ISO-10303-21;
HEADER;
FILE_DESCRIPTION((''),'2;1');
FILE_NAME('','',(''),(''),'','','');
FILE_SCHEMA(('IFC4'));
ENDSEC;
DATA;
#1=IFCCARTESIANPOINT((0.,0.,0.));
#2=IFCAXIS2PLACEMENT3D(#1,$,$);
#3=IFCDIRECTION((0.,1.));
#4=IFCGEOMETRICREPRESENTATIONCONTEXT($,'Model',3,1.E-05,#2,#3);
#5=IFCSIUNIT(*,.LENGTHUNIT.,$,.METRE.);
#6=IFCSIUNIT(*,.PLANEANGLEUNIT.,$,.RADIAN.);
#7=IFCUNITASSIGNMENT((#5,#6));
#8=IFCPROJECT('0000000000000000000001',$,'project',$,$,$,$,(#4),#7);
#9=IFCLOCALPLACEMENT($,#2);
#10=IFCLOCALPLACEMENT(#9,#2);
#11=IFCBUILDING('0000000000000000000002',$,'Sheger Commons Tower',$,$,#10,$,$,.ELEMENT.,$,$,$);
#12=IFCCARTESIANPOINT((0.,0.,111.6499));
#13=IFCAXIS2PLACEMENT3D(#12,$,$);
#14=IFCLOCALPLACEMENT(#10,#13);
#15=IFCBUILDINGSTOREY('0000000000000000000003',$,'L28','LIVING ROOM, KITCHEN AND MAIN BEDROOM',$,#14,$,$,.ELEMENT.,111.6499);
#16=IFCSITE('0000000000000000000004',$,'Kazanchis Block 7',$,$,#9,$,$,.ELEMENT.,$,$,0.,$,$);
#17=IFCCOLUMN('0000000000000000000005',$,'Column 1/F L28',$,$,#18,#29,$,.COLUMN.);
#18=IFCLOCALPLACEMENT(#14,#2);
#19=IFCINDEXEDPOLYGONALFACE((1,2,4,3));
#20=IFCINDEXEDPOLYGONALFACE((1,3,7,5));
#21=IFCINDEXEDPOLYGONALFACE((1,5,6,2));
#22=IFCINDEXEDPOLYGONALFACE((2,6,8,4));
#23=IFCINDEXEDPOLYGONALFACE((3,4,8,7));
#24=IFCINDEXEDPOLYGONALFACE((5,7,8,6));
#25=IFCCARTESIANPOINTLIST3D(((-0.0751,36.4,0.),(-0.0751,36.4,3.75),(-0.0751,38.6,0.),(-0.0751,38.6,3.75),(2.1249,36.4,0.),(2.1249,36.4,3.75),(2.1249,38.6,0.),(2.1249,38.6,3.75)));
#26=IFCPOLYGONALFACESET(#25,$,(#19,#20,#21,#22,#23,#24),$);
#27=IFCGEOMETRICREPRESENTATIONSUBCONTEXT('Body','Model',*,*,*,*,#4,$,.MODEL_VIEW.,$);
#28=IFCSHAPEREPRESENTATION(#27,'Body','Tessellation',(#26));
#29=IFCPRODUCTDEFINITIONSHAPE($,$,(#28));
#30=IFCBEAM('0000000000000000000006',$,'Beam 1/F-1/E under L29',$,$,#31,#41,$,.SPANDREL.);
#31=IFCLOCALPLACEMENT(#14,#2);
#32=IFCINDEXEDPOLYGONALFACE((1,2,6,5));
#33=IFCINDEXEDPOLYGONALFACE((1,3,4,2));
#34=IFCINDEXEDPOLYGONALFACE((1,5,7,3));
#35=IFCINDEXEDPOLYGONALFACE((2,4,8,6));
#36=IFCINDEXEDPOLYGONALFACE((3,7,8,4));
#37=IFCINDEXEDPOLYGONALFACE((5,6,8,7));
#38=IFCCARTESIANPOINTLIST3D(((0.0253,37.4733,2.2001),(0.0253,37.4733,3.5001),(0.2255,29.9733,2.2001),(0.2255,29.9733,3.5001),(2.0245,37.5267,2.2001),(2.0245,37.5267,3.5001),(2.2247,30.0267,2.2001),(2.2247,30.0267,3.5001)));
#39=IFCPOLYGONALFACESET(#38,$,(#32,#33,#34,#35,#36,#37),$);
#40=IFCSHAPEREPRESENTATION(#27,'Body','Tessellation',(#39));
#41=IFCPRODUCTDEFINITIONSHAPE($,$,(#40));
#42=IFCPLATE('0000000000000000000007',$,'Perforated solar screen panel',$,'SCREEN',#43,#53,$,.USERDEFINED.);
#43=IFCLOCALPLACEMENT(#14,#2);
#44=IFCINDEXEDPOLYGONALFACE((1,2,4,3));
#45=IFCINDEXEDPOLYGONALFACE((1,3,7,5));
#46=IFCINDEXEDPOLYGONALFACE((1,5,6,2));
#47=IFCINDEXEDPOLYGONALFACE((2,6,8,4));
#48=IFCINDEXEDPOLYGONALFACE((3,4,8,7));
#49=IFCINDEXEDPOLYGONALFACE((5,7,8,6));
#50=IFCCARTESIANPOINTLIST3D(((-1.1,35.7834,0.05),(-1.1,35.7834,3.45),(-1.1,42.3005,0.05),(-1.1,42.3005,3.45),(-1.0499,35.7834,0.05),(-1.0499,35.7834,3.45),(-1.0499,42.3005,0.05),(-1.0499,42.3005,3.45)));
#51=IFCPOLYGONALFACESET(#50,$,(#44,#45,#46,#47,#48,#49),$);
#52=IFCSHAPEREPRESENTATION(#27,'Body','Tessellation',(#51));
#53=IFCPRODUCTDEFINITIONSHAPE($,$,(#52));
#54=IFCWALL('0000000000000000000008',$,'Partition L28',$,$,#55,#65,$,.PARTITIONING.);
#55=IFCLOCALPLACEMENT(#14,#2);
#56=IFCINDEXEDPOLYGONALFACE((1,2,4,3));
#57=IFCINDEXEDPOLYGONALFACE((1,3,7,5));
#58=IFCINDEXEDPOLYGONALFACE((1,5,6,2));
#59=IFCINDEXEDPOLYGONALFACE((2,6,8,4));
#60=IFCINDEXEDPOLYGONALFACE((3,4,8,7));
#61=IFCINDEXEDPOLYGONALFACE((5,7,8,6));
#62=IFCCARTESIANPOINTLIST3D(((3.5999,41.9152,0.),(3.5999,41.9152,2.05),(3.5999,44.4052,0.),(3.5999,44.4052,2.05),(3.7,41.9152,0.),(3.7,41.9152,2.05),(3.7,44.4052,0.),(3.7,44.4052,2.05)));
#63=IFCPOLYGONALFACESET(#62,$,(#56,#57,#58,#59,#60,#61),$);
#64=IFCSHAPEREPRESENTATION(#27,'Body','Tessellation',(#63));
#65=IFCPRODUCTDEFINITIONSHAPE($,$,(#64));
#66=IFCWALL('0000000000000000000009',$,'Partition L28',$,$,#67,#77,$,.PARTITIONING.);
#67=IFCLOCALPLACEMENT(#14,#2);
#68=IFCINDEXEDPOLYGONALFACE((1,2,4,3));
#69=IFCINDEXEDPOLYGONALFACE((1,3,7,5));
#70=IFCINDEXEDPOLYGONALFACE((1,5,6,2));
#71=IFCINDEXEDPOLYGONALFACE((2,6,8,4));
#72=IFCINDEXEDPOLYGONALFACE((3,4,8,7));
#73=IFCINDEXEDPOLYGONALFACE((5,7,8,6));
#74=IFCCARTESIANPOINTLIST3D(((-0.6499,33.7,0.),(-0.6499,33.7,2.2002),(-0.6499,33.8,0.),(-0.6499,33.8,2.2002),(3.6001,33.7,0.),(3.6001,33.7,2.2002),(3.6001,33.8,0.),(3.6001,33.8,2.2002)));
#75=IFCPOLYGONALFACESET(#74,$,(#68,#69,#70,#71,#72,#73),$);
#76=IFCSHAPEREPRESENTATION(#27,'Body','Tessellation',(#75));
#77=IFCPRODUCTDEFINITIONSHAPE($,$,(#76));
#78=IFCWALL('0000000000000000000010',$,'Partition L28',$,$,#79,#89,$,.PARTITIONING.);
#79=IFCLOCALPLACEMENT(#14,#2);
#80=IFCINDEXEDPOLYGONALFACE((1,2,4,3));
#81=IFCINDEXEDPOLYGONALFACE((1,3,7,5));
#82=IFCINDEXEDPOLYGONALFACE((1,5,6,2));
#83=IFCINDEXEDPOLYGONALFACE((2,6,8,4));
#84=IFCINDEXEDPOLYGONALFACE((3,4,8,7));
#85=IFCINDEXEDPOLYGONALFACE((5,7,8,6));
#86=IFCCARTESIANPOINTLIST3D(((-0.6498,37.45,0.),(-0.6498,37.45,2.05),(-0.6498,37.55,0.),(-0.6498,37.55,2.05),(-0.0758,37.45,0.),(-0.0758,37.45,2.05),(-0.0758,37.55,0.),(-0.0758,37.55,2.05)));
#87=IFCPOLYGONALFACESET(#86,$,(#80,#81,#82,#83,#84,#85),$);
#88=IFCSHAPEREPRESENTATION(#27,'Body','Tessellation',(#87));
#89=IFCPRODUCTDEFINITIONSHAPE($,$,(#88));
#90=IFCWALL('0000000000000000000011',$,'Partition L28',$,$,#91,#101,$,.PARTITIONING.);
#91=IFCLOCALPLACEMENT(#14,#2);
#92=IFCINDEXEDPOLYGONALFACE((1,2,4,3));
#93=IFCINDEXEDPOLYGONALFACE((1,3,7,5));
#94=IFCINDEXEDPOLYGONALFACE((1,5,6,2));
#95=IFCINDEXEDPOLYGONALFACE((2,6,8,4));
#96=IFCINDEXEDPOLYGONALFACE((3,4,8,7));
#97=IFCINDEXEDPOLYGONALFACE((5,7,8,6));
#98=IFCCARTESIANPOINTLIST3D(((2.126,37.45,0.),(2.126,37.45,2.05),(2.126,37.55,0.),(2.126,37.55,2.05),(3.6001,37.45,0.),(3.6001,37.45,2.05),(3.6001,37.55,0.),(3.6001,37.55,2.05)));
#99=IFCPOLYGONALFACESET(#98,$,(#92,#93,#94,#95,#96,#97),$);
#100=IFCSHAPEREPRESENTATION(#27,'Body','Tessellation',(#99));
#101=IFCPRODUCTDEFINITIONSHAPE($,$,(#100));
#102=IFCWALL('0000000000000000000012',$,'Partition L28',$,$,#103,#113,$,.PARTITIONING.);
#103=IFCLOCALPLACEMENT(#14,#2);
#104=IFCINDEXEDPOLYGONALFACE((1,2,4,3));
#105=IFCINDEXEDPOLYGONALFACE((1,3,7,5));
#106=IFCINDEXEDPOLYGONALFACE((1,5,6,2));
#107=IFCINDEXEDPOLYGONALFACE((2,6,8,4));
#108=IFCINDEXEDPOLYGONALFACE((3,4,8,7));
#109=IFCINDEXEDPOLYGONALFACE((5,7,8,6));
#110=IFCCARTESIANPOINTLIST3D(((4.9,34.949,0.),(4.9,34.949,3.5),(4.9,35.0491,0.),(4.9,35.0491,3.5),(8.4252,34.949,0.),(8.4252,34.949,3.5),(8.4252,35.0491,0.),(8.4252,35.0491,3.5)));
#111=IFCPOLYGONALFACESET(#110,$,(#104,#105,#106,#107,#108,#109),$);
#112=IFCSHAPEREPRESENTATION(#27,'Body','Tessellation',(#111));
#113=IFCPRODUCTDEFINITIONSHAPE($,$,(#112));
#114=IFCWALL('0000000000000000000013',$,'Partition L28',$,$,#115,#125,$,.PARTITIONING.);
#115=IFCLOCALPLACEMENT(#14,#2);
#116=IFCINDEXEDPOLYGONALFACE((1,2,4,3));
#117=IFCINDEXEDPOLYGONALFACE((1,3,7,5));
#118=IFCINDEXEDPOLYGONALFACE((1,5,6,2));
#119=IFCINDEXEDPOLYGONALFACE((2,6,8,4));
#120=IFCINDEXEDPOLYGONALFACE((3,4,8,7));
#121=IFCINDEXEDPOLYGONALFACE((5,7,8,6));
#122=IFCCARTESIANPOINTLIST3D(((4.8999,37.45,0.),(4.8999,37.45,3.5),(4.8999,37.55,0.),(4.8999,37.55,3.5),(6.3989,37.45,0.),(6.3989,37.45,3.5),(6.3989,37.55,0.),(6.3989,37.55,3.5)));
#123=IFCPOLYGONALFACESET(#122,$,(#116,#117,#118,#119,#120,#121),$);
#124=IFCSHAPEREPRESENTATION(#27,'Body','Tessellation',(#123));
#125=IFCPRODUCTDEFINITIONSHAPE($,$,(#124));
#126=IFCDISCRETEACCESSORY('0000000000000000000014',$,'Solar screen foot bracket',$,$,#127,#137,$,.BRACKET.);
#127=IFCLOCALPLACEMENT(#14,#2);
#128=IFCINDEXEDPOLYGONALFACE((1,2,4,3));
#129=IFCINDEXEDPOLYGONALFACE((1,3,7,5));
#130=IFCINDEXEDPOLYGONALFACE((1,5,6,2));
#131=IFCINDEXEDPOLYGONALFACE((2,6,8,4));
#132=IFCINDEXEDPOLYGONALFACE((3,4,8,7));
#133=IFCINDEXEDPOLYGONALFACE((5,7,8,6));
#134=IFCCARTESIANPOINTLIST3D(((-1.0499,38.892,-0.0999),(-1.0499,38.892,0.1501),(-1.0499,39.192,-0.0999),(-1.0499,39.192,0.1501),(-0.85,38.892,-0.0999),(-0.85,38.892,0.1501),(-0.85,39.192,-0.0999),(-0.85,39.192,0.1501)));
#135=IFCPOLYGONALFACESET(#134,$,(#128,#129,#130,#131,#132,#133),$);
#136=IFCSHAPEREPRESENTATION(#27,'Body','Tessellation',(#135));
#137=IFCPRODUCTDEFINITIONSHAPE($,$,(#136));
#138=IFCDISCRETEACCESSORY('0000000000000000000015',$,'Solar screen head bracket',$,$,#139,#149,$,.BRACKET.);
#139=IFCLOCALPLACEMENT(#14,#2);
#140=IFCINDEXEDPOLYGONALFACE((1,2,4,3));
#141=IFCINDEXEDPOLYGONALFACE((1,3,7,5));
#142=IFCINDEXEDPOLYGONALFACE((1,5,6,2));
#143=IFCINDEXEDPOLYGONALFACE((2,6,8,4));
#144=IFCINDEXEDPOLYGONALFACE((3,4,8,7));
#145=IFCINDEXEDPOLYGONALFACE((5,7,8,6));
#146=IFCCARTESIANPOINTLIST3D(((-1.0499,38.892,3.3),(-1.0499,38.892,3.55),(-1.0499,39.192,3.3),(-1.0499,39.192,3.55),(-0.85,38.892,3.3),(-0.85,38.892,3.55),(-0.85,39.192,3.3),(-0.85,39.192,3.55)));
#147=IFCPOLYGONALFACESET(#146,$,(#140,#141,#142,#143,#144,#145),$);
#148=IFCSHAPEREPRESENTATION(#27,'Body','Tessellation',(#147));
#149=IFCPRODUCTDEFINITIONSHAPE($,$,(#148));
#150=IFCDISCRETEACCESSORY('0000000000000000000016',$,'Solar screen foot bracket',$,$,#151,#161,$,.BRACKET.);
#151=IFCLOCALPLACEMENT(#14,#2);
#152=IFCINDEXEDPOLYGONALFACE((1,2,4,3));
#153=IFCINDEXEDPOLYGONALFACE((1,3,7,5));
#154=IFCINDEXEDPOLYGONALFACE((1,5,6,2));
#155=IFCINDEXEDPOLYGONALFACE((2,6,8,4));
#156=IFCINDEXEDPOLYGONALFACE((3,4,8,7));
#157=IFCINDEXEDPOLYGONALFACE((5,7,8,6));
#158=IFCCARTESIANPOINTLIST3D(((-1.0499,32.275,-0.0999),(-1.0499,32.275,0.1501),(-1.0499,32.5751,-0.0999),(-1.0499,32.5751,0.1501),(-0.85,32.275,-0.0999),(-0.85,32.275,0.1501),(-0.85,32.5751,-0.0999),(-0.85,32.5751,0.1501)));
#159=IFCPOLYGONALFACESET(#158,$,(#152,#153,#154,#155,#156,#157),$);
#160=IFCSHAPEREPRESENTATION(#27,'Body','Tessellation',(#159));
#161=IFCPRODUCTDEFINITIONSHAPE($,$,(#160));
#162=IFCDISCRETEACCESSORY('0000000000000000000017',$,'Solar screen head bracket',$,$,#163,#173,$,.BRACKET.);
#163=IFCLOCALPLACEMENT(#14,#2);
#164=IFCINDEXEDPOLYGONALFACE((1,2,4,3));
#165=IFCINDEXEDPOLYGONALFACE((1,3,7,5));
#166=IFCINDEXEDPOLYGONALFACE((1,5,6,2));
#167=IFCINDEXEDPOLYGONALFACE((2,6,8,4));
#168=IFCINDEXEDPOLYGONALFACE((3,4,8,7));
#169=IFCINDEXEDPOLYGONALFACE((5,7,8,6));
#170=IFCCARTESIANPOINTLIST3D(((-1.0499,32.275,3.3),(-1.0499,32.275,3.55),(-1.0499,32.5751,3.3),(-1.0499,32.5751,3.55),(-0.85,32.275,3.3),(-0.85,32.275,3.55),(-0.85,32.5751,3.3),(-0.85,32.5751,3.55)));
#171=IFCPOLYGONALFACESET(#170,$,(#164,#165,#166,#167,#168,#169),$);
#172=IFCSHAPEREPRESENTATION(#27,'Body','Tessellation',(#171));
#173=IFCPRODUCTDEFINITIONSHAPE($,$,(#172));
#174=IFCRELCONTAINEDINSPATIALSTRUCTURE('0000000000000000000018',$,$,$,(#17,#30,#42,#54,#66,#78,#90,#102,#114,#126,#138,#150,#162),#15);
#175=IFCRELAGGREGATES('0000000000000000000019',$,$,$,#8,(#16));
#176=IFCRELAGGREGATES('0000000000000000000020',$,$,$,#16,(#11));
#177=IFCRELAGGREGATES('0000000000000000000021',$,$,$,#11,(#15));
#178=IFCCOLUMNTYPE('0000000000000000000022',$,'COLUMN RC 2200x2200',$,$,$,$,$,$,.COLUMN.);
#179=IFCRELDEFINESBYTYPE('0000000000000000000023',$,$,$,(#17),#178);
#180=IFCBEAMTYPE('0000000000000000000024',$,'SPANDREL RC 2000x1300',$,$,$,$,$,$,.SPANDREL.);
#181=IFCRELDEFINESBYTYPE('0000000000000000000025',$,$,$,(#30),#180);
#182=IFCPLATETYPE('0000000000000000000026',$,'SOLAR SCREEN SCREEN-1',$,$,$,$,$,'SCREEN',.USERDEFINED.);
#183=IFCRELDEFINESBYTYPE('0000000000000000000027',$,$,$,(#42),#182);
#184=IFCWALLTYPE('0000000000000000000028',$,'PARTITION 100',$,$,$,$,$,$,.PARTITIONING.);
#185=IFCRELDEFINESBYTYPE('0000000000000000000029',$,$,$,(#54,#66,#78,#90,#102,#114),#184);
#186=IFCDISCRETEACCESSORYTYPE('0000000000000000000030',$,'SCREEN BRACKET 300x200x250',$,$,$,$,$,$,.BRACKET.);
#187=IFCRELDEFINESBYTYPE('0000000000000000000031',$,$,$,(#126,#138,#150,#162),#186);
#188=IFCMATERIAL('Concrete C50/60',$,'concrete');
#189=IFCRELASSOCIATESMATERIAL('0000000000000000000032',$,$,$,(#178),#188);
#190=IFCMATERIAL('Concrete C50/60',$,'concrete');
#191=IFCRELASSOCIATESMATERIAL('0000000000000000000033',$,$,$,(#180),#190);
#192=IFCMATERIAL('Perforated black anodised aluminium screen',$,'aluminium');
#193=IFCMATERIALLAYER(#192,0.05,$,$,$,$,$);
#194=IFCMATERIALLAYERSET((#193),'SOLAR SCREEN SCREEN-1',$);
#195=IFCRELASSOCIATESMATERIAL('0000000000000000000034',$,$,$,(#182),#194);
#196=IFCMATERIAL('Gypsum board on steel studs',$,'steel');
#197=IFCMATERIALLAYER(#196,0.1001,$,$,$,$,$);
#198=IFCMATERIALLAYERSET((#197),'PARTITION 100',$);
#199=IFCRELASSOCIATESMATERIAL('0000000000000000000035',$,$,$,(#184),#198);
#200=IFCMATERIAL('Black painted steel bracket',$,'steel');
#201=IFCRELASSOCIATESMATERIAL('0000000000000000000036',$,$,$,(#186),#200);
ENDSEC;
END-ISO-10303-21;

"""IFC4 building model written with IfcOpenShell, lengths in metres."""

from ifc_helpers import new_model, si_unit, direction, frame, frame_2d, origin, origin_2d, place, context, subcontext, project, spatial, rectangle, extrude, material, layer, layer_set, material_profile, profile_set, type_object, element, save


model = new_model("IFC4")

# Units and contexts
model_context = context("Model", 3, precision=1e-05, world=origin(), true_north=direction((0.0, 1.0)))
body_context = subcontext(model_context, "Body", "Model", "MODEL_VIEW")
ifc_project = project(units=[si_unit("LENGTHUNIT", "METRE"), si_unit("PLANEANGLEUNIT", "RADIAN")], contexts=[model_context])

# Site, building, storey
site_placement = place(None, origin())
site = spatial("IfcSite", under=ifc_project, at=site_placement, Name="Kazanchis Block 7", CompositionType="ELEMENT", RefElevation=0.0)
building_placement = place(site_placement, origin())
building = spatial("IfcBuilding", under=site, at=building_placement, Name="Sheger Commons Tower", CompositionType="ELEMENT")
storey_placement = place(building_placement, frame((0.0, 0.0, 111.6499)))
storey = spatial("IfcBuildingStorey", under=building, at=storey_placement, Name="L28", Description="LIVING ROOM, KITCHEN AND MAIN BEDROOM", CompositionType="ELEMENT", Elevation=111.6499)

# Column
ifc_material_1 = material(Name="Concrete C50/60", Category="concrete")
ifc_material_profile_1 = material_profile(ifc_material_1, rectangle(XDim=2.2, YDim=2.2, at=origin_2d()), Name="RC 2200x2200")
ifc_profile_set_1 = profile_set([ifc_material_profile_1], Name="Concrete C50/60")
column_type = type_object("IfcColumnType", Name="COLUMN RC 2200x2200", PredefinedType="COLUMN", material=ifc_profile_set_1)
column_placement = place(storey_placement, frame((1.0249, 37.5, 0.0), z_axis=(0.0, 0.0, 1.0), x_axis=(1.0, 0.0, 0.0)))
element("IfcColumn", 1, at=column_placement, inside=storey, type_object=column_type, Name="Column 1/F L28", PredefinedType="COLUMN", context=body_context, shape_type="SweptSolid", body=[
    extrude(rectangle(XDim=2.2, YDim=2.2, at=origin_2d()), origin(), (0.0, 0.0, 1.0), 3.75),
])

# Beam
ifc_material_2 = material(Name="Concrete C50/60", Category="concrete")
ifc_material_profile_2 = material_profile(ifc_material_2, rectangle(XDim=2.0, YDim=1.3, at=origin_2d()), Name="RC 2000x1300")
ifc_profile_set_2 = profile_set([ifc_material_profile_2], Name="Concrete C50/60")
beam_type = type_object("IfcBeamType", Name="SPANDREL RC 2000x1300", PredefinedType="SPANDREL", material=ifc_profile_set_2)
beam_placement = place(storey_placement, frame((1.0249, 37.5, 2.8501), z_axis=(0.026683, -0.999644, 0.0), x_axis=(0.999644, 0.026683, 0.0)))
element("IfcBeam", 2, at=beam_placement, inside=storey, type_object=beam_type, Name="Beam 1/F-1/E under L29", PredefinedType="SPANDREL", context=body_context, shape_type="SweptSolid", body=[
    extrude(rectangle(XDim=2.0, YDim=1.3, at=origin_2d()), origin(), (0.0, 0.0, 1.0), 7.5027),
])

# Plate
ifc_material_3 = material(Name="Perforated black anodised aluminium screen", Category="aluminium")
ifc_layer_1 = layer(ifc_material_3, 0.05)
ifc_layer_set_1 = layer_set([ifc_layer_1], Name="SOLAR SCREEN SCREEN-1")
plate_type = type_object("IfcPlateType", Name="SOLAR SCREEN SCREEN-1", ElementType="SCREEN", PredefinedType="USERDEFINED", material=ifc_layer_set_1)
plate_placement = place(storey_placement, frame((-1.075, 39.042, 0.05), z_axis=(0.0, 0.0, 1.0), x_axis=(0.0, -1.0, 0.0)))
element("IfcPlate", 3, at=plate_placement, inside=storey, type_object=plate_type, Name="Perforated solar screen panel", ObjectType="SCREEN", PredefinedType="USERDEFINED", context=body_context, shape_type="SweptSolid", body=[
    extrude(rectangle(XDim=6.5171, YDim=0.05, at=origin_2d()), origin(), (0.0, 0.0, 1.0), 3.3999),
])

# Walls
ifc_material_4 = material(Name="Gypsum board on steel studs", Category="steel")
ifc_layer_2 = layer(ifc_material_4, 0.1001)
ifc_layer_set_2 = layer_set([ifc_layer_2], Name="PARTITION 100")
wall_type = type_object("IfcWallType", Name="PARTITION 100", PredefinedType="PARTITIONING", material=ifc_layer_set_2)
wall_1_placement = place(storey_placement, frame((3.6499, 41.915, 0.0), z_axis=(0.0, 0.0, 1.0), x_axis=(0.0, 1.0, 0.0)))
element("IfcWall", 4, at=wall_1_placement, inside=storey, type_object=wall_type, Name="Partition L28", PredefinedType="PARTITIONING", context=body_context, shape_type="SweptSolid", body=[
    extrude(rectangle(XDim=2.49, YDim=0.1001, at=frame_2d((1.2451, 0.0))), origin(), (0.0, 0.0, 1.0), 2.05),
])
wall_2_placement = place(storey_placement, frame((-0.6499, 33.75, 0.0), z_axis=(0.0, 0.0, 1.0), x_axis=(1.0, 0.0, 0.0)))
element("IfcWall", 5, at=wall_2_placement, inside=storey, type_object=wall_type, Name="Partition L28", PredefinedType="PARTITIONING", context=body_context, shape_type="SweptSolid", body=[
    extrude(rectangle(XDim=4.25, YDim=0.1001, at=frame_2d((2.125, 0.0))), origin(), (0.0, 0.0, 1.0), 2.2002),
])
wall_3_placement = place(storey_placement, frame((-0.6499, 37.5, 0.0), z_axis=(0.0, 0.0, 1.0), x_axis=(1.0, 0.0, 0.0)))
element("IfcWall", 6, at=wall_3_placement, inside=storey, type_object=wall_type, Name="Partition L28", PredefinedType="PARTITIONING", context=body_context, shape_type="SweptSolid", body=[
    extrude(rectangle(XDim=0.574, YDim=0.1001, at=frame_2d((0.2871, 0.0))), origin(), (0.0, 0.0, 1.0), 2.05),
])
wall_4_placement = place(storey_placement, frame((2.126, 37.5, 0.0), z_axis=(0.0, 0.0, 1.0), x_axis=(1.0, 0.0, 0.0)))
element("IfcWall", 7, at=wall_4_placement, inside=storey, type_object=wall_type, Name="Partition L28", PredefinedType="PARTITIONING", context=body_context, shape_type="SweptSolid", body=[
    extrude(rectangle(XDim=1.4741, YDim=0.1001, at=frame_2d((0.7371, 0.0))), origin(), (0.0, 0.0, 1.0), 2.05),
])
wall_5_placement = place(storey_placement, frame((4.8999, 34.999, 0.0), z_axis=(0.0, 0.0, 1.0), x_axis=(1.0, 0.0, 0.0)))
element("IfcWall", 8, at=wall_5_placement, inside=storey, type_object=wall_type, Name="Partition L28", PredefinedType="PARTITIONING", context=body_context, shape_type="SweptSolid", body=[
    extrude(rectangle(XDim=3.5251, YDim=0.1001, at=frame_2d((1.7627, 0.0))), origin(), (0.0, 0.0, 1.0), 3.5),
])
wall_6_placement = place(storey_placement, frame((4.8999, 37.5, 0.0), z_axis=(0.0, 0.0, 1.0), x_axis=(1.0, 0.0, 0.0)))
element("IfcWall", 9, at=wall_6_placement, inside=storey, type_object=wall_type, Name="Partition L28", PredefinedType="PARTITIONING", context=body_context, shape_type="SweptSolid", body=[
    extrude(rectangle(XDim=1.499, YDim=0.1001, at=frame_2d((0.7495, 0.0))), origin(), (0.0, 0.0, 1.0), 3.5),
])

# Discrete accessories
ifc_material_5 = material(Name="Black painted steel bracket", Category="steel")
discrete_accessory_type = type_object("IfcDiscreteAccessoryType", Name="SCREEN BRACKET 300x200x250", PredefinedType="BRACKET", material=ifc_material_5)
for number, where, z_axis, x_axis, name in (
    (10, (-0.95, 39.042, -0.0999), (0.0, 0.0, 1.0), (0.0, -1.0, 0.0), "Solar screen foot bracket"),
    (11, (-0.95, 39.042, 3.3), (0.0, 0.0, 1.0), (0.0, -1.0, 0.0), "Solar screen head bracket"),
    (12, (-0.95, 32.425, -0.0999), (0.0, 0.0, 1.0), (0.0, -1.0, 0.0), "Solar screen foot bracket"),
    (13, (-0.95, 32.425, 3.3), (0.0, 0.0, 1.0), (0.0, -1.0, 0.0), "Solar screen head bracket"),
):
    element("IfcDiscreteAccessory", number, at=place(storey_placement, frame(where, z_axis=z_axis, x_axis=x_axis)), inside=storey, type_object=discrete_accessory_type, Name=name, PredefinedType="BRACKET", context=body_context, shape_type="SweptSolid", body=[
        extrude(rectangle(XDim=0.3, YDim=0.2, at=origin_2d()), origin(), (0.0, 0.0, 1.0), 0.25),
    ])

save(model, "model.ifc")
